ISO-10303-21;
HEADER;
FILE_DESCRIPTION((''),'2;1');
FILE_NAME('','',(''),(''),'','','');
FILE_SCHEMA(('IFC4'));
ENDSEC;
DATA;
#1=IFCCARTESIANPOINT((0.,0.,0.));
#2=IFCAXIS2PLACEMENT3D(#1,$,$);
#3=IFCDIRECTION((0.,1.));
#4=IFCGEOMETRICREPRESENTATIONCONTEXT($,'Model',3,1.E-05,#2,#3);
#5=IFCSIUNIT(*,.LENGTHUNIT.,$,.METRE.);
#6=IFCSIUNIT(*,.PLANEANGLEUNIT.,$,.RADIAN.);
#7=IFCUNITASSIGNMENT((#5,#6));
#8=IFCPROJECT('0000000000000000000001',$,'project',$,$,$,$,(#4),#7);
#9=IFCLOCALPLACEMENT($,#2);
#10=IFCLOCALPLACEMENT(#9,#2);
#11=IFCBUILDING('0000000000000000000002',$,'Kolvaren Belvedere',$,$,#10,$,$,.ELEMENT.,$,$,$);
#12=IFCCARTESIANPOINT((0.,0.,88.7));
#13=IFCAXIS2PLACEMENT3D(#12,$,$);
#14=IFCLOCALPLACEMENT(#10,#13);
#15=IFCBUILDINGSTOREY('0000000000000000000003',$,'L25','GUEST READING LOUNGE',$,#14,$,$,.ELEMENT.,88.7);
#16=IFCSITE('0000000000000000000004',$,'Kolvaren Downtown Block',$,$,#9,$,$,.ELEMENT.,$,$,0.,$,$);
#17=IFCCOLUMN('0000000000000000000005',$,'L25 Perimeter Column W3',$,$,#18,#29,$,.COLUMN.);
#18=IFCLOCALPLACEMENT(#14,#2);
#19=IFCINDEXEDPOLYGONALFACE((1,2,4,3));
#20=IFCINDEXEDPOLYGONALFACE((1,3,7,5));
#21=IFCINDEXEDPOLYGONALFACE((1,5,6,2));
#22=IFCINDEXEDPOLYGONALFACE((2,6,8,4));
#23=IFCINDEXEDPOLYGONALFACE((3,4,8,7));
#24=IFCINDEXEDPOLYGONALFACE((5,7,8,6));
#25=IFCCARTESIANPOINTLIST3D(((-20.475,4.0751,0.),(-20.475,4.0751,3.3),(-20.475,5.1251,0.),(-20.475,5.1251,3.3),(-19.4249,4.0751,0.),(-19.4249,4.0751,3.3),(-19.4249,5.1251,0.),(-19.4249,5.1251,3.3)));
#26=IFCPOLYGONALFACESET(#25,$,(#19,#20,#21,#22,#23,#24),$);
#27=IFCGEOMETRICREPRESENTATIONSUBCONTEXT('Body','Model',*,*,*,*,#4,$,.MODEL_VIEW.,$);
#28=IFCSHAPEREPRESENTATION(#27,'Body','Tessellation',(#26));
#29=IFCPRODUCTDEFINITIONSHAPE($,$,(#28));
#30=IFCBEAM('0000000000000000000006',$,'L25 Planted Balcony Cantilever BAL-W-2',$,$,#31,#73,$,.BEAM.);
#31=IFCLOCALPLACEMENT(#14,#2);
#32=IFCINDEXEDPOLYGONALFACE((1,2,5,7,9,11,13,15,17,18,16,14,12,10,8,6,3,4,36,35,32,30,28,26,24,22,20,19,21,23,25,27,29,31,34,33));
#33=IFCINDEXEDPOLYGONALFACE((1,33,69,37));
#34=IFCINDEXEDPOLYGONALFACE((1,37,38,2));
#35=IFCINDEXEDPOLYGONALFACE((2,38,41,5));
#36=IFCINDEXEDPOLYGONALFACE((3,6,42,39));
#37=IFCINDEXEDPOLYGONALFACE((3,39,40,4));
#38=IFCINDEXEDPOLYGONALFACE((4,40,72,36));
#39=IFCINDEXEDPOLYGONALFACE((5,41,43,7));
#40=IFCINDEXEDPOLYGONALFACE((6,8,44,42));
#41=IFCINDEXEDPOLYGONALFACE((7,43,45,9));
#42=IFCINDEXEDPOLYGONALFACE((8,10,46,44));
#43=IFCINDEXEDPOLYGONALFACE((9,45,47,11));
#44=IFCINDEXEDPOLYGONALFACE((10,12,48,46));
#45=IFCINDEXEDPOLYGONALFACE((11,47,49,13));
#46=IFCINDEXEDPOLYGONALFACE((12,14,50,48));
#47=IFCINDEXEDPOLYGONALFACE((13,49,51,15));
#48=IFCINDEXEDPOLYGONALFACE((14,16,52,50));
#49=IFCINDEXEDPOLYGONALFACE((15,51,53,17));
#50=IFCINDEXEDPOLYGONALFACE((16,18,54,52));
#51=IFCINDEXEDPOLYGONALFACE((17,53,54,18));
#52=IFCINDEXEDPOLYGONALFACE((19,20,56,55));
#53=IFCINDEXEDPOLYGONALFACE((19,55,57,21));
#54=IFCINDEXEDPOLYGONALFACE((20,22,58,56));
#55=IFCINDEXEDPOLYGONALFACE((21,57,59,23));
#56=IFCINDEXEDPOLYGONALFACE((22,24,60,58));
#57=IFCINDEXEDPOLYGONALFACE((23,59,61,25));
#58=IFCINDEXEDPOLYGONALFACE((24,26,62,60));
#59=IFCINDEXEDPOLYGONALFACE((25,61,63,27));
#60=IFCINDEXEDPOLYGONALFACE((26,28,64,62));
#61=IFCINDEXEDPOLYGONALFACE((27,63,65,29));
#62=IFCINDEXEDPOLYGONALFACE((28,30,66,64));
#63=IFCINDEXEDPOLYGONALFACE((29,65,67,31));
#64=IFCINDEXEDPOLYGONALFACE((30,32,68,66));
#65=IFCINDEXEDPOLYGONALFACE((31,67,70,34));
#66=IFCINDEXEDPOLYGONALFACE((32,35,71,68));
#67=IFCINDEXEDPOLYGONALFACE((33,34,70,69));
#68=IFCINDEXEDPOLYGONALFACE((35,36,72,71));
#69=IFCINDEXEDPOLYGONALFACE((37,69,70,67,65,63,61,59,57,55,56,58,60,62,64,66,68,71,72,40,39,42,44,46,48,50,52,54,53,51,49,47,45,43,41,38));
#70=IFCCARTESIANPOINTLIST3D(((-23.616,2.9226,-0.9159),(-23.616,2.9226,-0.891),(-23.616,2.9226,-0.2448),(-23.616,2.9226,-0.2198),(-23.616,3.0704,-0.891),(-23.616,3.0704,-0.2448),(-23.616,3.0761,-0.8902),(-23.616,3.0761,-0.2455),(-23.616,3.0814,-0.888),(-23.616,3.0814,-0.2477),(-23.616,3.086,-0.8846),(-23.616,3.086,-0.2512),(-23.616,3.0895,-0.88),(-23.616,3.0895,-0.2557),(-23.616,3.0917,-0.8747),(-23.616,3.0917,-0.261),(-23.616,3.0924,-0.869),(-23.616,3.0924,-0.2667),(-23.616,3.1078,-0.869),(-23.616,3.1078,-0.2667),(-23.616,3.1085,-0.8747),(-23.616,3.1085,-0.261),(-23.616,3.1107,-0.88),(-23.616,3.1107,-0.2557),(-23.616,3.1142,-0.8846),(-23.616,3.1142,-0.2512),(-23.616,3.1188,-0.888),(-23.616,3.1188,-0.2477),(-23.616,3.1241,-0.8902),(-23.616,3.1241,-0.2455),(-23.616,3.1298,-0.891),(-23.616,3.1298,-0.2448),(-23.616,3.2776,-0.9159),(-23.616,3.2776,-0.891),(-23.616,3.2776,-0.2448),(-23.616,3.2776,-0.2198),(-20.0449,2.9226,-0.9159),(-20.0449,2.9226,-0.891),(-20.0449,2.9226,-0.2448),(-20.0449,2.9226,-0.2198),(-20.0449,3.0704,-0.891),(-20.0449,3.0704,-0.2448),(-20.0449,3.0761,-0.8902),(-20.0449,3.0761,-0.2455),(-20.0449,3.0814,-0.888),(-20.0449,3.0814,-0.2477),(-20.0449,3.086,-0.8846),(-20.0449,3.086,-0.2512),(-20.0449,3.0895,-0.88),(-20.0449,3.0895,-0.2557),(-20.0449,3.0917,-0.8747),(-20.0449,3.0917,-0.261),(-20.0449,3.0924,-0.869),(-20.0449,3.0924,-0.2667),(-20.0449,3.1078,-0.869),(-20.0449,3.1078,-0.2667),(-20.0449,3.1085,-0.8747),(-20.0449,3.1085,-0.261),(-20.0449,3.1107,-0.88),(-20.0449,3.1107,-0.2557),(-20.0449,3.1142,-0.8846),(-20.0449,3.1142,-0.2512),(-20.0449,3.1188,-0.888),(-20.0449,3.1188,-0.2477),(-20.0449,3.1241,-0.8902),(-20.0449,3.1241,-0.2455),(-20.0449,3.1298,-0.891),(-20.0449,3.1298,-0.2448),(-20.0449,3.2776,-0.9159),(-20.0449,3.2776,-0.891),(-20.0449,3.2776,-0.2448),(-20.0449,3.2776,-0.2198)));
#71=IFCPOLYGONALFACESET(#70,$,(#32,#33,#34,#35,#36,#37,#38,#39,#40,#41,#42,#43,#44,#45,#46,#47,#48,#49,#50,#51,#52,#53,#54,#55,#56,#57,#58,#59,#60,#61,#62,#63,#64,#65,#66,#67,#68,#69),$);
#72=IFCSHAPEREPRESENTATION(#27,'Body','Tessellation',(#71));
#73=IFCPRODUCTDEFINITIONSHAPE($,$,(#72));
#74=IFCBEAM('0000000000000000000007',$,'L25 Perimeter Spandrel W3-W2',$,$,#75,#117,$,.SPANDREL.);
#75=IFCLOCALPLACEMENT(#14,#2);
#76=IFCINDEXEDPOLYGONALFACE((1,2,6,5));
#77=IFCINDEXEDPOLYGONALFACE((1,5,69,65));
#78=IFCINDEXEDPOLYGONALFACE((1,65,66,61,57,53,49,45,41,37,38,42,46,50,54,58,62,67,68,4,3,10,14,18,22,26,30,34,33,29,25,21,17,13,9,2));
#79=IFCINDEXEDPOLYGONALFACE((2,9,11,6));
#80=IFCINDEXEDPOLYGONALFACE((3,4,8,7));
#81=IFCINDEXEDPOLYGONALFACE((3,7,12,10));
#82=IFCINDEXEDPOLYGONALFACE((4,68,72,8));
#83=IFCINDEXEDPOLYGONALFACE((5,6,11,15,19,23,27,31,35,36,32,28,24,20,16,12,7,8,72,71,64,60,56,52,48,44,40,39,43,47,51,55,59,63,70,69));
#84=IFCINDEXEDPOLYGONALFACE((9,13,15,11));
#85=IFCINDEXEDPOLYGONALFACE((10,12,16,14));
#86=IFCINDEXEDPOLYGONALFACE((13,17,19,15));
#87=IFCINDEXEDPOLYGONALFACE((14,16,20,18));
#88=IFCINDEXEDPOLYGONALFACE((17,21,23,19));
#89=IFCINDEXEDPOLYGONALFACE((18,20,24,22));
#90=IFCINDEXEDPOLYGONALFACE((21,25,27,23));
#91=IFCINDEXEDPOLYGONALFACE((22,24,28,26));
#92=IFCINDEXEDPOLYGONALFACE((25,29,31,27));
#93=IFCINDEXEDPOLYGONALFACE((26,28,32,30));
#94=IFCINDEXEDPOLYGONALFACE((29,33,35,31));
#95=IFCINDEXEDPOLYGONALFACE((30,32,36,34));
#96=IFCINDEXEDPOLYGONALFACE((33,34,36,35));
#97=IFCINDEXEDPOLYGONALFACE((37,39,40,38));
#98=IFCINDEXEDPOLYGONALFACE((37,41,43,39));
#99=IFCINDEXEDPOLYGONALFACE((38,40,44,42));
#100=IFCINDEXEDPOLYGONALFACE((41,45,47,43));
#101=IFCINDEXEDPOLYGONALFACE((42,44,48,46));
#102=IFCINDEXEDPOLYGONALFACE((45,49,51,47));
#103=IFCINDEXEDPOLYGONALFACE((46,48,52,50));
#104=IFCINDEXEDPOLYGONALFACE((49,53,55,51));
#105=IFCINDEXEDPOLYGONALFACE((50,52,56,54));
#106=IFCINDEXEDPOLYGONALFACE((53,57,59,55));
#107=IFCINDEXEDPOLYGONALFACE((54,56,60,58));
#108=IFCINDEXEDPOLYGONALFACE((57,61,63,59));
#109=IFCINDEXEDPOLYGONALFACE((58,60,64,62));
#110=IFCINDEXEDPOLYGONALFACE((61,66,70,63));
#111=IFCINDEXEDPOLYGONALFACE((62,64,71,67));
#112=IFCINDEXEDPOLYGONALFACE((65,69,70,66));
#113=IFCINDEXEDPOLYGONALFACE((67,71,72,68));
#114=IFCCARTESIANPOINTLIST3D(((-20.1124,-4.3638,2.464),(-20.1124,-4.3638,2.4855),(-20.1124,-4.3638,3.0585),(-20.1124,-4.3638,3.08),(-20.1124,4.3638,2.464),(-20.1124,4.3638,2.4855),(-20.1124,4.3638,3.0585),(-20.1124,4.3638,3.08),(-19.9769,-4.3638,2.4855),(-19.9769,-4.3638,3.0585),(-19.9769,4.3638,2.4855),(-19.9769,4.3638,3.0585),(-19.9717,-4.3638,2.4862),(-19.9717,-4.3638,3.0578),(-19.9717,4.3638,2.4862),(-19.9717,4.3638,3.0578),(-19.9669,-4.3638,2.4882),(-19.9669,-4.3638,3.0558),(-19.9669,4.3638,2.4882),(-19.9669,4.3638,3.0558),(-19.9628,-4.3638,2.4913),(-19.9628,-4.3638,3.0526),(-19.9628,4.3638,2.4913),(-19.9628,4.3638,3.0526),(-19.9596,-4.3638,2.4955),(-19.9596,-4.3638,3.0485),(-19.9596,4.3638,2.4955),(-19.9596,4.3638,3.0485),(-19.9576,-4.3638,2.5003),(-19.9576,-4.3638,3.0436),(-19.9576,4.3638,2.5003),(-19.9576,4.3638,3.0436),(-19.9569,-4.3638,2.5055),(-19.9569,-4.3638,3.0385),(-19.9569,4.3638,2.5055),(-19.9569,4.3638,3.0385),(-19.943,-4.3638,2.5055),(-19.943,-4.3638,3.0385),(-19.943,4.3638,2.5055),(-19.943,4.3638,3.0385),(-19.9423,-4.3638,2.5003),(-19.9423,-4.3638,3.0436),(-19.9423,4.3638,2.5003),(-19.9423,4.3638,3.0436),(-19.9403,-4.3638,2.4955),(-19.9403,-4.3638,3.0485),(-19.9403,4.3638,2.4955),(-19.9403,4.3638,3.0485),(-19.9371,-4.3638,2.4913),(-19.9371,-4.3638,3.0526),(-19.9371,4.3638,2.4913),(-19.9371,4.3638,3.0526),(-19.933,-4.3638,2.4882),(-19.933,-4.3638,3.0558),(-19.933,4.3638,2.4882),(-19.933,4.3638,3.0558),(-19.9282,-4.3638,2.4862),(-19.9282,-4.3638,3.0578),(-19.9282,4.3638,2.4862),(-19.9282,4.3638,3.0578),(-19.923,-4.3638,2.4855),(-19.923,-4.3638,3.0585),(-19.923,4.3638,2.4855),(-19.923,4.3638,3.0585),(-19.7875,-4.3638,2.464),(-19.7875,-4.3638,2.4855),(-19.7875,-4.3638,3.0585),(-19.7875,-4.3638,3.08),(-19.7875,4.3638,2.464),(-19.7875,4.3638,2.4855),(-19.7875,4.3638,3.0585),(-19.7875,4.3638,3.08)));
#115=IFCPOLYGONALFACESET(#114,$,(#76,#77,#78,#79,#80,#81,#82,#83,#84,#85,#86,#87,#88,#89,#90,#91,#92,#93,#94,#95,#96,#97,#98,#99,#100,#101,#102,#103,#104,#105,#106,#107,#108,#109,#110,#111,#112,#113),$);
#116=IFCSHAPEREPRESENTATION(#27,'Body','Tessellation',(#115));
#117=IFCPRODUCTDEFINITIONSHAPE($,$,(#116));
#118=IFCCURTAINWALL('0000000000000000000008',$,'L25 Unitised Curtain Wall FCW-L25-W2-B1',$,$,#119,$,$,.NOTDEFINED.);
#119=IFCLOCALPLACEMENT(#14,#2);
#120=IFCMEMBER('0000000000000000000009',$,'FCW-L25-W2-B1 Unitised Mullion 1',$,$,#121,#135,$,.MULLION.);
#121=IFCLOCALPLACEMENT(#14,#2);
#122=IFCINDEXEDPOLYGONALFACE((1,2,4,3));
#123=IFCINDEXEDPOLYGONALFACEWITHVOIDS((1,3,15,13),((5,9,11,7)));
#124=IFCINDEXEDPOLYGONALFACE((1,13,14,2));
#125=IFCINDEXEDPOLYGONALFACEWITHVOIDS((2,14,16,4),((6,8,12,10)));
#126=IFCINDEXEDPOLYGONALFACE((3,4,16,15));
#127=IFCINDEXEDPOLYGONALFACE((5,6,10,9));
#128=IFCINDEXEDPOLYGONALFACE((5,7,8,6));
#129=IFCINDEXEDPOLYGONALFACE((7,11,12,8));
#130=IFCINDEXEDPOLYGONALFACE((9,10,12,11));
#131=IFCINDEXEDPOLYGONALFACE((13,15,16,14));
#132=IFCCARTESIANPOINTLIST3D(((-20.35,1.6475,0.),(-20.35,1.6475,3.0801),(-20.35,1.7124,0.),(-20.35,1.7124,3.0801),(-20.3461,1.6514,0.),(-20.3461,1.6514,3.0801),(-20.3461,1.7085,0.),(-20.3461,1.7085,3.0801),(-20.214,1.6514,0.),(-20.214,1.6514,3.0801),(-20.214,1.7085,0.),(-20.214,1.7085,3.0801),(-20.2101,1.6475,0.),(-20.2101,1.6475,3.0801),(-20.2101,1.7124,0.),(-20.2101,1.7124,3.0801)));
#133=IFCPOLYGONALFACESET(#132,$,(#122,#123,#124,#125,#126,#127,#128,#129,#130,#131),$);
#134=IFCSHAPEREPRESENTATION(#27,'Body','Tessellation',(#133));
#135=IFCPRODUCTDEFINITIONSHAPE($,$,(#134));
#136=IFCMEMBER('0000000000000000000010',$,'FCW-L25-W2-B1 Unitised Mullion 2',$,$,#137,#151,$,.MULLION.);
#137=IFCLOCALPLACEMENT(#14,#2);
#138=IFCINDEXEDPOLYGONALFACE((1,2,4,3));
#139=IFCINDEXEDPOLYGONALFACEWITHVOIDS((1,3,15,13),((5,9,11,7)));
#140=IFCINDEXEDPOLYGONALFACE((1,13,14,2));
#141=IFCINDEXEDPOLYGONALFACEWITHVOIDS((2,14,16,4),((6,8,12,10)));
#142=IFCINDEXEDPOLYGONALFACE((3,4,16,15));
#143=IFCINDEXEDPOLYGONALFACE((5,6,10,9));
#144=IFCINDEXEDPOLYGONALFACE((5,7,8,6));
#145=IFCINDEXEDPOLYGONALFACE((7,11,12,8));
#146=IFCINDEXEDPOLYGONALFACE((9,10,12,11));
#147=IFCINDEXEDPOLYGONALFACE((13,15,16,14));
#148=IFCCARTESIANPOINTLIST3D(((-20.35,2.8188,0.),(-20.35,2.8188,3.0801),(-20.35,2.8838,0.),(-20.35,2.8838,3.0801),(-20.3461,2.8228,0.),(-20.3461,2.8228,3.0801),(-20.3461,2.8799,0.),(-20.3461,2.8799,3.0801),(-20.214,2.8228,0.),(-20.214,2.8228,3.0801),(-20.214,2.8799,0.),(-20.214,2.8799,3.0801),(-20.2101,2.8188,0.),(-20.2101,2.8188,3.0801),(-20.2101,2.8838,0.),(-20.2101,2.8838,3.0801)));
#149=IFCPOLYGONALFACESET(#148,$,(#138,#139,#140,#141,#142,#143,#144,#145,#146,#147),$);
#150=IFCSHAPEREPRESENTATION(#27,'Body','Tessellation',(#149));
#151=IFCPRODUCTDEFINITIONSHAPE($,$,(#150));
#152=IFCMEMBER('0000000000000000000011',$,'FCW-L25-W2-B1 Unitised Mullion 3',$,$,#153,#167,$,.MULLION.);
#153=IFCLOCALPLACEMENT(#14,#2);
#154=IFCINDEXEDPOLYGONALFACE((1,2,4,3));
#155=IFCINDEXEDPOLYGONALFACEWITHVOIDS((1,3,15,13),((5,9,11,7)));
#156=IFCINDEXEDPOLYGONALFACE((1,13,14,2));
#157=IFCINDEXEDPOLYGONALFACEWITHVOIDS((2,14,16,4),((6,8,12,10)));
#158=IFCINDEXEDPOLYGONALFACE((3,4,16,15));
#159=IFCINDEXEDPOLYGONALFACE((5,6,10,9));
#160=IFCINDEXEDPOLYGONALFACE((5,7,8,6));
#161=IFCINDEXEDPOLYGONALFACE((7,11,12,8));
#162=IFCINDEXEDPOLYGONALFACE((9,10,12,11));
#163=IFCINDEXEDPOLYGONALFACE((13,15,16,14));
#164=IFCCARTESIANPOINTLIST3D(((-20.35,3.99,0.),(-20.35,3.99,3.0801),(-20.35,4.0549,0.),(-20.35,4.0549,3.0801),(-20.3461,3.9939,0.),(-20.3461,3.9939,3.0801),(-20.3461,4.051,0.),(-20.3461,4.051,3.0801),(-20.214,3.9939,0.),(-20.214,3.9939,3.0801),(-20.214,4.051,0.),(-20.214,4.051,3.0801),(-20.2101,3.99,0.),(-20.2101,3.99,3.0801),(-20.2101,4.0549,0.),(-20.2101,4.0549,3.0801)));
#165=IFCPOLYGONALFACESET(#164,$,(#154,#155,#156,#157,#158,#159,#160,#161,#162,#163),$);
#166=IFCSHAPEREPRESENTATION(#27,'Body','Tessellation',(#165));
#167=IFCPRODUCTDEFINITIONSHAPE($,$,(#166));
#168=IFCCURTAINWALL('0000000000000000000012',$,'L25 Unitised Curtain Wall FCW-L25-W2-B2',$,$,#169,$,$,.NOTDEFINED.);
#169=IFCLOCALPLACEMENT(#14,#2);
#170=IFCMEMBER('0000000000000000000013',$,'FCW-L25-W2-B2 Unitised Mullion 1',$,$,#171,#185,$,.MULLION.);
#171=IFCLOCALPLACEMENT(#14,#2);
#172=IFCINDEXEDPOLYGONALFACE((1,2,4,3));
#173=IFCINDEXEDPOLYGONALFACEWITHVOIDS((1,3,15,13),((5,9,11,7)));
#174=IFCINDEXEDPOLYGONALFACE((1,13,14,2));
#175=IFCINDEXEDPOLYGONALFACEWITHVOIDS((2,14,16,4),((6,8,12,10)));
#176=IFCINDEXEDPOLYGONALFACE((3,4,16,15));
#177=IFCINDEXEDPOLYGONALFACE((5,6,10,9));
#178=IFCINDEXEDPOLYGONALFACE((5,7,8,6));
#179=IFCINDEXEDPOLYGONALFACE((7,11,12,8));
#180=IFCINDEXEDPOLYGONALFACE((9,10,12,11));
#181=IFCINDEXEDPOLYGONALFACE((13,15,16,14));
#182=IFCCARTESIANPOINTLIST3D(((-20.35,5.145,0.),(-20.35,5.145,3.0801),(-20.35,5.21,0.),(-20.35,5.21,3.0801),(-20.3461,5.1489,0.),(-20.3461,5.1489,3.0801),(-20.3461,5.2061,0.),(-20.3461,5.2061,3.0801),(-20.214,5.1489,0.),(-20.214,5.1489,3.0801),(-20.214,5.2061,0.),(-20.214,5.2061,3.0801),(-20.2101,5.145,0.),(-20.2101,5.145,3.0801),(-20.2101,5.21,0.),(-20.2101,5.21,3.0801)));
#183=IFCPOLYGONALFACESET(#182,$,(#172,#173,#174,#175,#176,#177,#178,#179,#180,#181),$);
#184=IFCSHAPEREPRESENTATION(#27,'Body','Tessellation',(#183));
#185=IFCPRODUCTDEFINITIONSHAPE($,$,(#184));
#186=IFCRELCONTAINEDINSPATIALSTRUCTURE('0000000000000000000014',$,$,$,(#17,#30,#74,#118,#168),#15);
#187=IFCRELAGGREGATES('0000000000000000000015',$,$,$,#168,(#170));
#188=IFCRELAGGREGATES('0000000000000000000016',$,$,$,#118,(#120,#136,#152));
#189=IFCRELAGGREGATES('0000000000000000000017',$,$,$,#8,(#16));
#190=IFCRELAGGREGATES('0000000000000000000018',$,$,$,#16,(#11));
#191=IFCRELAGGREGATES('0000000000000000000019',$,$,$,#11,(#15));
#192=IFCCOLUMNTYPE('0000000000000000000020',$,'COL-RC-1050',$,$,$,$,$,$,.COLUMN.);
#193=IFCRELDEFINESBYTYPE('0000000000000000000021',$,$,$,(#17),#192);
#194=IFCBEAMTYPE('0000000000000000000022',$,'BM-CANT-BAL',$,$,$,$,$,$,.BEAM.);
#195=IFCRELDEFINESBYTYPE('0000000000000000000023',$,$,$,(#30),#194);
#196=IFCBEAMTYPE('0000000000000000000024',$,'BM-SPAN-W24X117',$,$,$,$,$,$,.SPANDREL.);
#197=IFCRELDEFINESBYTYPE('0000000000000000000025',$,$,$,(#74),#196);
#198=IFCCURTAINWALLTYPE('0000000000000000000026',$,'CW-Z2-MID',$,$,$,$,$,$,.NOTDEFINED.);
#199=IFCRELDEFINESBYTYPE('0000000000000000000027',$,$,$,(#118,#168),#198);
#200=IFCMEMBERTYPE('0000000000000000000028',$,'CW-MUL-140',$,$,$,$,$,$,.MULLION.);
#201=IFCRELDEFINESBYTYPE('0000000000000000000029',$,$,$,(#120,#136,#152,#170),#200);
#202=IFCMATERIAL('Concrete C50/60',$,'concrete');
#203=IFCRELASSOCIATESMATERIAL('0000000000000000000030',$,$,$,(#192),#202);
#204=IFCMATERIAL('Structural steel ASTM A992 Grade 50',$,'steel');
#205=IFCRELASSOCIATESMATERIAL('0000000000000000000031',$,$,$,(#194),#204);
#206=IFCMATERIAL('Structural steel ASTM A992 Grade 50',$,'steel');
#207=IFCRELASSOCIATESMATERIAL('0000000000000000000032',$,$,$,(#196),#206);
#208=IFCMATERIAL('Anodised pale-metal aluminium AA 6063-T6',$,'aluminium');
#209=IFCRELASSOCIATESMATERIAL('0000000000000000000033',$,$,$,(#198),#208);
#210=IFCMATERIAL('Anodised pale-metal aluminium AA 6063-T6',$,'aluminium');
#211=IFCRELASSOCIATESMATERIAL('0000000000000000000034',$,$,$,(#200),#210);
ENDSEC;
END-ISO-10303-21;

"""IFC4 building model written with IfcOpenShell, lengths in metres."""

from ifc_helpers import new_model, si_unit, direction, frame, origin, origin_2d, place, context, subcontext, project, spatial, rectangle, hollow_rectangle, i_section, extrude, material, material_profile, profile_set, type_object, element, aggregate, save


model = new_model("IFC4")

# Units and contexts
model_context = context("Model", 3, precision=1e-05, world=origin(), true_north=direction((0.0, 1.0)))
body_context = subcontext(model_context, "Body", "Model", "MODEL_VIEW")
ifc_project = project(units=[si_unit("LENGTHUNIT", "METRE"), si_unit("PLANEANGLEUNIT", "RADIAN")], contexts=[model_context])

# Site, building, storey
site_placement = place(None, origin())
site = spatial("IfcSite", under=ifc_project, at=site_placement, Name="Kolvaren Downtown Block", CompositionType="ELEMENT", RefElevation=0.0)
building_placement = place(site_placement, origin())
building = spatial("IfcBuilding", under=site, at=building_placement, Name="Kolvaren Belvedere", CompositionType="ELEMENT")
storey_placement = place(building_placement, frame((0.0, 0.0, 88.7)))
storey = spatial("IfcBuildingStorey", under=building, at=storey_placement, Name="L25", Description="GUEST READING LOUNGE", CompositionType="ELEMENT", Elevation=88.7)

# Column
ifc_material_1 = material(Name="Concrete C50/60", Category="concrete")
ifc_material_profile_1 = material_profile(ifc_material_1, rectangle(XDim=1.05, YDim=1.05, at=origin_2d()), Name="RC 1050X1050")
ifc_profile_set_1 = profile_set([ifc_material_profile_1], Name="Concrete C50/60")
column_type = type_object("IfcColumnType", Name="COL-RC-1050", PredefinedType="COLUMN", material=ifc_profile_set_1)
column_placement = place(storey_placement, frame((-19.95, 4.6001, 0.0), z_axis=(0.0, 0.0, 1.0), x_axis=(1.0, 0.0, 0.0)))
element("IfcColumn", 1, at=column_placement, inside=storey, type_object=column_type, Name="L25 Perimeter Column W3", PredefinedType="COLUMN", context=body_context, shape_type="SweptSolid", body=[
    extrude(rectangle(XDim=1.05, YDim=1.05, at=origin_2d()), origin(), (0.0, 0.0, 1.0), 3.3),
])

# Beams
ifc_material_2 = material(Name="Structural steel ASTM A992 Grade 50", Category="steel")
ifc_material_profile_2 = material_profile(ifc_material_2, i_section(OverallWidth=0.355, OverallDepth=0.696, WebThickness=0.0154, FlangeThickness=0.0249, FilletRadius=0.022, at=origin_2d()), Name="W27X146")
ifc_profile_set_2 = profile_set([ifc_material_profile_2], Name="Structural steel ASTM A992 Grade 50")
beam_type_1 = type_object("IfcBeamType", Name="BM-CANT-BAL", PredefinedType="BEAM", material=ifc_profile_set_2)
beam_1_placement = place(storey_placement, frame((-20.0449, 3.1001, -0.5679), z_axis=(-1.0, 0.0, 0.0), x_axis=(0.0, -1.0, 0.0)))
element("IfcBeam", 2, at=beam_1_placement, inside=storey, type_object=beam_type_1, Name="L25 Planted Balcony Cantilever BAL-W-2", PredefinedType="BEAM", context=body_context, shape_type="SweptSolid", body=[
    extrude(i_section(OverallWidth=0.355, OverallDepth=0.696, WebThickness=0.0154, FlangeThickness=0.0249, FilletRadius=0.022, at=origin_2d()), origin(), (0.0, 0.0, 1.0), 3.571),
])
ifc_material_3 = material(Name="Structural steel ASTM A992 Grade 50", Category="steel")
ifc_material_profile_3 = material_profile(ifc_material_3, i_section(OverallWidth=0.325, OverallDepth=0.616, WebThickness=0.0139, FlangeThickness=0.0215, FilletRadius=0.02, at=origin_2d()), Name="W24X117")
ifc_profile_set_3 = profile_set([ifc_material_profile_3], Name="Structural steel ASTM A992 Grade 50")
beam_type_2 = type_object("IfcBeamType", Name="BM-SPAN-W24X117", PredefinedType="SPANDREL", material=ifc_profile_set_3)
beam_2_placement = place(storey_placement, frame((-19.95, 4.3638, 2.772), z_axis=(0.0, -1.0, 0.0), x_axis=(1.0, 0.0, 0.0)))
element("IfcBeam", 3, at=beam_2_placement, inside=storey, type_object=beam_type_2, Name="L25 Perimeter Spandrel W3-W2", PredefinedType="SPANDREL", context=body_context, shape_type="SweptSolid", body=[
    extrude(i_section(OverallWidth=0.325, OverallDepth=0.616, WebThickness=0.0139, FlangeThickness=0.0215, FilletRadius=0.02, at=origin_2d()), origin(), (0.0, 0.0, 1.0), 8.7275),
])

# Curtain wall, members
ifc_material_4 = material(Name="Anodised pale-metal aluminium AA 6063-T6", Category="aluminium")
curtain_wall_type = type_object("IfcCurtainWallType", Name="CW-Z2-MID", PredefinedType="NOTDEFINED", material=ifc_material_4)
curtain_wall_1_placement = place(storey_placement, origin())
curtain_wall_1 = element("IfcCurtainWall", 4, at=curtain_wall_1_placement, inside=storey, type_object=curtain_wall_type, Name="L25 Unitised Curtain Wall FCW-L25-W2-B1", PredefinedType="NOTDEFINED")
ifc_material_5 = material(Name="Anodised pale-metal aluminium AA 6063-T6", Category="aluminium")
ifc_material_profile_4 = material_profile(ifc_material_5, hollow_rectangle(XDim=0.0649, YDim=0.1399, WallThickness=0.0039, at=origin_2d()), Name="ALU-MUL-140X65")
ifc_profile_set_4 = profile_set([ifc_material_profile_4], Name="Anodised pale-metal aluminium AA 6063-T6")
member_type_1 = type_object("IfcMemberType", Name="CW-MUL-140", PredefinedType="MULLION", material=ifc_profile_set_4)
member_1_placement = place(storey_placement, frame((-20.28, 1.6799, 0.0), z_axis=(0.0, 0.0, 1.0), x_axis=(0.0, 1.0, 0.0)))
member_1 = element("IfcMember", 5, at=member_1_placement, type_object=member_type_1, Name="FCW-L25-W2-B1 Unitised Mullion 1", PredefinedType="MULLION", context=body_context, shape_type="SweptSolid", body=[
    extrude(hollow_rectangle(XDim=0.0649, YDim=0.1399, WallThickness=0.0039, at=origin_2d()), origin(), (0.0, 0.0, 1.0), 3.0801),
])
member_2_placement = place(storey_placement, frame((-20.28, 2.8513, 0.0), z_axis=(0.0, 0.0, 1.0), x_axis=(0.0, 1.0, 0.0)))
member_2 = element("IfcMember", 6, at=member_2_placement, type_object=member_type_1, Name="FCW-L25-W2-B1 Unitised Mullion 2", PredefinedType="MULLION", context=body_context, shape_type="SweptSolid", body=[
    extrude(hollow_rectangle(XDim=0.0649, YDim=0.1399, WallThickness=0.0039, at=origin_2d()), origin(), (0.0, 0.0, 1.0), 3.0801),
])
member_3_placement = place(storey_placement, frame((-20.28, 4.0225, 0.0), z_axis=(0.0, 0.0, 1.0), x_axis=(0.0, 1.0, 0.0)))
member_3 = element("IfcMember", 7, at=member_3_placement, type_object=member_type_1, Name="FCW-L25-W2-B1 Unitised Mullion 3", PredefinedType="MULLION", context=body_context, shape_type="SweptSolid", body=[
    extrude(hollow_rectangle(XDim=0.0649, YDim=0.1399, WallThickness=0.0039, at=origin_2d()), origin(), (0.0, 0.0, 1.0), 3.0801),
])

# Curtain wall, member
curtain_wall_2_placement = place(storey_placement, origin())
curtain_wall_2 = element("IfcCurtainWall", 8, at=curtain_wall_2_placement, inside=storey, type_object=curtain_wall_type, Name="L25 Unitised Curtain Wall FCW-L25-W2-B2", PredefinedType="NOTDEFINED")
member_4_placement = place(storey_placement, frame((-20.28, 5.1775, 0.0), z_axis=(0.0, 0.0, 1.0), x_axis=(0.0, 1.0, 0.0)))
member_4 = element("IfcMember", 9, at=member_4_placement, type_object=member_type_1, Name="FCW-L25-W2-B2 Unitised Mullion 1", PredefinedType="MULLION", context=body_context, shape_type="SweptSolid", body=[
    extrude(hollow_rectangle(XDim=0.0649, YDim=0.1399, WallThickness=0.0039, at=origin_2d()), origin(), (0.0, 0.0, 1.0), 3.0801),
])

aggregate(curtain_wall_2, [member_4])

aggregate(curtain_wall_1, [member_1, member_2, member_3])

save(model, "model.ifc")
